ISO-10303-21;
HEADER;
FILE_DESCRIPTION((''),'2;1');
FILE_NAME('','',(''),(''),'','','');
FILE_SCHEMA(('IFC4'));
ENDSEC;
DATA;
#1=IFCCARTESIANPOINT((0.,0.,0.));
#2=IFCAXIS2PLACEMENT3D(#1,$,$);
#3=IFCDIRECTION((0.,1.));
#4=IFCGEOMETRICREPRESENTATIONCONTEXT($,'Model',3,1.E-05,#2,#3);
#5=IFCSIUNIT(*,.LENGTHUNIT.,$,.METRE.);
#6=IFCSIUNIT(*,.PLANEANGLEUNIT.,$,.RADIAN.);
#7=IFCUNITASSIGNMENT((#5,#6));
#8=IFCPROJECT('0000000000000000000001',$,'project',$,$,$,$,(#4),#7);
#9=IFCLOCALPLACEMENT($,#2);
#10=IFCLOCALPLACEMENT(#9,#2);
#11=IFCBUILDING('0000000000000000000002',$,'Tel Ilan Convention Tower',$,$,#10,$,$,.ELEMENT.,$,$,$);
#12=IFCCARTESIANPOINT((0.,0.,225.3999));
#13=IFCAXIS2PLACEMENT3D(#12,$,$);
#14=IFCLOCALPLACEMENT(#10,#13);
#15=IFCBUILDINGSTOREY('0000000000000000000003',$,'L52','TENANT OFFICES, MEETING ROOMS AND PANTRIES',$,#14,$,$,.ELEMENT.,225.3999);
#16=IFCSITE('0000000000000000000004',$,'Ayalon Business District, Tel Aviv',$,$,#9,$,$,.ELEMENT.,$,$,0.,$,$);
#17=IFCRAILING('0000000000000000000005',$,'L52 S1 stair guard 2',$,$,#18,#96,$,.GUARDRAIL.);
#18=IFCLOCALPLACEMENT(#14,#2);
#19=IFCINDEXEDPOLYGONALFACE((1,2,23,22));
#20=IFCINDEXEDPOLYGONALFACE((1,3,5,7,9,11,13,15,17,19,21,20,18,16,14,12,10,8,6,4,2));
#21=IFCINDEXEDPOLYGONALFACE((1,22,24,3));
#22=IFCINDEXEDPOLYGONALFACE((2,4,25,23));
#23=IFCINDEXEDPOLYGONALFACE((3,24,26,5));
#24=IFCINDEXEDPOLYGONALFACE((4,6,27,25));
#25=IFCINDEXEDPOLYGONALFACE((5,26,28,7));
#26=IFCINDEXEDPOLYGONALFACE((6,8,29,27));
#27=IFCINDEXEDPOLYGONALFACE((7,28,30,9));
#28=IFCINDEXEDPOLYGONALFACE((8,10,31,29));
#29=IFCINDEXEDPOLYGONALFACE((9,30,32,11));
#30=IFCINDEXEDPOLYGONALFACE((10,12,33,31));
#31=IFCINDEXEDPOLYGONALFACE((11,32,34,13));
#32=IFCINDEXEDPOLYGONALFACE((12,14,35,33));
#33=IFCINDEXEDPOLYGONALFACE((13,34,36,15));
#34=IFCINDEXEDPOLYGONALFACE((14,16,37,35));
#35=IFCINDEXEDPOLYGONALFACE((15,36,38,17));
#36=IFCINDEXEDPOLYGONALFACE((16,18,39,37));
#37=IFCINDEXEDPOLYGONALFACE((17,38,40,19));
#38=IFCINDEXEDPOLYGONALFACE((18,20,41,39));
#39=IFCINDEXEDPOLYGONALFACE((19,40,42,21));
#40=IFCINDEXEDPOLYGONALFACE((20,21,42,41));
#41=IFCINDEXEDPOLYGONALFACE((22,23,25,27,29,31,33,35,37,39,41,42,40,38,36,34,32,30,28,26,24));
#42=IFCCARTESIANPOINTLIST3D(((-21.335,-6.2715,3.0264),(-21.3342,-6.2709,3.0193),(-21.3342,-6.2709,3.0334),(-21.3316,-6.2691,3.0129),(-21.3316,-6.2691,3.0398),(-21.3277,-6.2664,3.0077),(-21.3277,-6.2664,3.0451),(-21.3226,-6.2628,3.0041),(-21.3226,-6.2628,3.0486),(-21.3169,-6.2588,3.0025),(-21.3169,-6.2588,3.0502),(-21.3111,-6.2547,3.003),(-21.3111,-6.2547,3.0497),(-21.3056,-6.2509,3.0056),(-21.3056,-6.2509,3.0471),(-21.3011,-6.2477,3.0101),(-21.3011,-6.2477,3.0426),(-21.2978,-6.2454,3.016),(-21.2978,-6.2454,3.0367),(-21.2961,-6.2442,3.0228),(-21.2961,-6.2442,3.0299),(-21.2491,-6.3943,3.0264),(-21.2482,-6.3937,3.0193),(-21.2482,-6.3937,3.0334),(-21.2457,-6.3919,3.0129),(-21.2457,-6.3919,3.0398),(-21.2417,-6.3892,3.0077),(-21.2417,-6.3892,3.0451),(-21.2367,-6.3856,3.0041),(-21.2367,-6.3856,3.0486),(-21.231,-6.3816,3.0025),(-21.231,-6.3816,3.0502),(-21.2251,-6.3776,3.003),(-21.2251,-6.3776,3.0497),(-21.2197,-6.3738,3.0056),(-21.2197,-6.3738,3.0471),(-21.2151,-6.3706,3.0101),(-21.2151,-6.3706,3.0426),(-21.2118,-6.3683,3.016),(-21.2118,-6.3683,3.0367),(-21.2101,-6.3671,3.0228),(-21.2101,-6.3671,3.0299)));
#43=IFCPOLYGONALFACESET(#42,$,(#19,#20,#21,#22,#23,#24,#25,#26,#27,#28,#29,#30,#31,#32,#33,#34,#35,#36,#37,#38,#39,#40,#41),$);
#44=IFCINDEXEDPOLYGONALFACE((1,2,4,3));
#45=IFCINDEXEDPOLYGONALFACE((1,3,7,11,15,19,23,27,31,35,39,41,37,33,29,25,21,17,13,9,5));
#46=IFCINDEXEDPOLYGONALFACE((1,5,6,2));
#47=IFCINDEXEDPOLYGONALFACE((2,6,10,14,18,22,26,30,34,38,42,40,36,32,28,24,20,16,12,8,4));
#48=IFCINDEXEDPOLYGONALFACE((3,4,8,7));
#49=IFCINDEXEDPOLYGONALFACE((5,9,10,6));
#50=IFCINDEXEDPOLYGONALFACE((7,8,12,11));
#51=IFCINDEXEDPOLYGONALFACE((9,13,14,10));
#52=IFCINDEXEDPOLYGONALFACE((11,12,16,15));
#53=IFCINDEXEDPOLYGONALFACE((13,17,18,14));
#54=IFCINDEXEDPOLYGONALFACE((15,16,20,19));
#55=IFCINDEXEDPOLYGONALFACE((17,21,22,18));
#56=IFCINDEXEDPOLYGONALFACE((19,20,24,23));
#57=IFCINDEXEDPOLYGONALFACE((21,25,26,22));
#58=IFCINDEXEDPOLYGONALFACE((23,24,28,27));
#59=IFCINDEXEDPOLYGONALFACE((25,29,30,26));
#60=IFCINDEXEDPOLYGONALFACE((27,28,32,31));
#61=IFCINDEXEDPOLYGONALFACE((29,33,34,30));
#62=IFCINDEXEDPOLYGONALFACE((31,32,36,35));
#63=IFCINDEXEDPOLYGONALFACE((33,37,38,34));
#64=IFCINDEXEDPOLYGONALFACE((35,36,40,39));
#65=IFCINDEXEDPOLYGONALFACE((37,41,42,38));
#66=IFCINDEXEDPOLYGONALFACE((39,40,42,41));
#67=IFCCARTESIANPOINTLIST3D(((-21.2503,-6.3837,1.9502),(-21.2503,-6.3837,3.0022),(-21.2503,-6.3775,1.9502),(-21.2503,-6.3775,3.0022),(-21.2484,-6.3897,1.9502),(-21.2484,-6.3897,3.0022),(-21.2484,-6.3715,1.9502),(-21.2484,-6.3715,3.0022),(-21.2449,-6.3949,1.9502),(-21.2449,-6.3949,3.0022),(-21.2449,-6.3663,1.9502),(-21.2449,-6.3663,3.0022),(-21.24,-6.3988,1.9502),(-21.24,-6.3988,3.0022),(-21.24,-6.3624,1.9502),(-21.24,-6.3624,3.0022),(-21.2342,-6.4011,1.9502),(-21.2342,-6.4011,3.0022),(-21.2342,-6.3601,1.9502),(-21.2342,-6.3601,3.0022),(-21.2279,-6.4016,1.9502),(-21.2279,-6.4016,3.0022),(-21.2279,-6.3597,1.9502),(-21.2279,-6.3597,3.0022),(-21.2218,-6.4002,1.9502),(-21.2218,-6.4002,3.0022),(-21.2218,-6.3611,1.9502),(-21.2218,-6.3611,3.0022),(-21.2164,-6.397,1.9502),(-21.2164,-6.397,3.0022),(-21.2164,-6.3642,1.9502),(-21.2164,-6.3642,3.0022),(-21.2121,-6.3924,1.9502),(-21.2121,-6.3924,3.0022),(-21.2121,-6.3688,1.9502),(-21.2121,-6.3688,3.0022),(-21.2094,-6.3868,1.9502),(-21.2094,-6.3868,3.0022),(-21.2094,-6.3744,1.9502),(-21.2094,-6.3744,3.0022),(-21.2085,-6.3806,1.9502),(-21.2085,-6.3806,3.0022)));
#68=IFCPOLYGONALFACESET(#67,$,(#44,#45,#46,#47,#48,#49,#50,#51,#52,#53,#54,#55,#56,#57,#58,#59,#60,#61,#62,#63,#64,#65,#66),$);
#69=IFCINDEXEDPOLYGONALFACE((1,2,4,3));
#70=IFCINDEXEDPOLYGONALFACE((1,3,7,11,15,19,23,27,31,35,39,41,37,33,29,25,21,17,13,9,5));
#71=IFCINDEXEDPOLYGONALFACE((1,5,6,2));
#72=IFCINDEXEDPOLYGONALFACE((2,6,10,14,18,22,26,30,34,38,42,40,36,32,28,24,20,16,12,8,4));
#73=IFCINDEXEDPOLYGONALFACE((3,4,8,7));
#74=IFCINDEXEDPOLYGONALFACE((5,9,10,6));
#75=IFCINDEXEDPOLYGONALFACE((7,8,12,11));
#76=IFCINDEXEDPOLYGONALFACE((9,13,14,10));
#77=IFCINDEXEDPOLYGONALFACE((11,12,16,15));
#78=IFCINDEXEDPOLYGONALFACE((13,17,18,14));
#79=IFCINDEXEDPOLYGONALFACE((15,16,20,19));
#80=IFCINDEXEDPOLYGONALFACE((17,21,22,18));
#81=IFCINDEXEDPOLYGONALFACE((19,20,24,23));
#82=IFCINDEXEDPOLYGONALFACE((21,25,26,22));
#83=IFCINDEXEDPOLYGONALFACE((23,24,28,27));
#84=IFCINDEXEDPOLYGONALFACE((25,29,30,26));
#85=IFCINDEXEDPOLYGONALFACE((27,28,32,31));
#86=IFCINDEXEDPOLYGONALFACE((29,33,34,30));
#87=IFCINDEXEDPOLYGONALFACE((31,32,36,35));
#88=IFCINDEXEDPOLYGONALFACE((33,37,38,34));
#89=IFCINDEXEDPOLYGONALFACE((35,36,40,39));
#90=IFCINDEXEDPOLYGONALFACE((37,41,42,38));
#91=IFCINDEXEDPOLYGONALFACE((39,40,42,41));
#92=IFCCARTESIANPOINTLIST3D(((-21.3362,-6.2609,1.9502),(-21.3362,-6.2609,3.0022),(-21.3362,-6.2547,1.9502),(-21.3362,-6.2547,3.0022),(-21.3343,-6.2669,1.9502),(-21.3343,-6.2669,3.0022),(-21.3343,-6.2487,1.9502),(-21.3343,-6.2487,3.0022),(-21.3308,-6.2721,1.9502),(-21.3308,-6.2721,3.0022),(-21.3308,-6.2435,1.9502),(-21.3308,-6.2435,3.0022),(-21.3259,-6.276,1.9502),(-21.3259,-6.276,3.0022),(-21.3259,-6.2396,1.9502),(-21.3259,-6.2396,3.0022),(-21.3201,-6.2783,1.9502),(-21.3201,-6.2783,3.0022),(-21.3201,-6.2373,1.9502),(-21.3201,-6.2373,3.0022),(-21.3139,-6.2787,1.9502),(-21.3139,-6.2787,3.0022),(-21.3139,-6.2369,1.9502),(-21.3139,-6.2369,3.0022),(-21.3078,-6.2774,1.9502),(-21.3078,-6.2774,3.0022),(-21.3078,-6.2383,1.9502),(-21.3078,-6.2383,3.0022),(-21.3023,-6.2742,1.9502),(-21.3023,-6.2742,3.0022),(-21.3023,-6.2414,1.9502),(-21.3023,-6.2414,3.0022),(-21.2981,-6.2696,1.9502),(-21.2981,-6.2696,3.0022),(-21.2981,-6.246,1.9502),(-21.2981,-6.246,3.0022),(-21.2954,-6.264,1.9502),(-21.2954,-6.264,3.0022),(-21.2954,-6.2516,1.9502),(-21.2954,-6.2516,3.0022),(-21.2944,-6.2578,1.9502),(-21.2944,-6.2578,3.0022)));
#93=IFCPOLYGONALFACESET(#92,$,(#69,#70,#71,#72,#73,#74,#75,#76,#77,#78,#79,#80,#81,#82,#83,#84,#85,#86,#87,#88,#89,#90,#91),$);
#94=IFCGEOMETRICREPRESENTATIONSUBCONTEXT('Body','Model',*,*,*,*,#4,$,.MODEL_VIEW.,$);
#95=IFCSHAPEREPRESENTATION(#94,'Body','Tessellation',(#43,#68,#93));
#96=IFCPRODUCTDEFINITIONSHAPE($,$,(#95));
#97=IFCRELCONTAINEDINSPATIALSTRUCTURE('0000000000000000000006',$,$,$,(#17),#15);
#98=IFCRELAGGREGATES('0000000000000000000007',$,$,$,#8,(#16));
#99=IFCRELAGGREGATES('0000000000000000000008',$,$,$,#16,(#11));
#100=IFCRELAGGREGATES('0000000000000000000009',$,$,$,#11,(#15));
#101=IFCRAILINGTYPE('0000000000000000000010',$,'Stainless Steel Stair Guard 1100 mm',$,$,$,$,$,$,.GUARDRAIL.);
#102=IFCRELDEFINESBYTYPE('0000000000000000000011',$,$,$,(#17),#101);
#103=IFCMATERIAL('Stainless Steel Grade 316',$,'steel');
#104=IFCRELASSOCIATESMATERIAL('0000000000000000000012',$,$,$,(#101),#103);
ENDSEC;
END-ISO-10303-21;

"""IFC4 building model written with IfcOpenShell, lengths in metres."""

from ifc_helpers import new_model, si_unit, direction, frame, origin, origin_2d, place, context, subcontext, project, spatial, circle, extrude, material, type_object, element, save


model = new_model("IFC4")

# Units and contexts
model_context = context("Model", 3, precision=1e-05, world=origin(), true_north=direction((0.0, 1.0)))
body_context = subcontext(model_context, "Body", "Model", "MODEL_VIEW")
ifc_project = project(units=[si_unit("LENGTHUNIT", "METRE"), si_unit("PLANEANGLEUNIT", "RADIAN")], contexts=[model_context])

# Site, building, storey
site_placement = place(None, origin())
site = spatial("IfcSite", under=ifc_project, at=site_placement, Name="Ayalon Business District, Tel Aviv", CompositionType="ELEMENT", RefElevation=0.0)
building_placement = place(site_placement, origin())
building = spatial("IfcBuilding", under=site, at=building_placement, Name="Tel Ilan Convention Tower", CompositionType="ELEMENT")
storey_placement = place(building_placement, frame((0.0, 0.0, 225.3999)))
storey = spatial("IfcBuildingStorey", under=building, at=storey_placement, Name="L52", Description="TENANT OFFICES, MEETING ROOMS AND PANTRIES", CompositionType="ELEMENT", Elevation=225.3999)

# Railing
ifc_material_1 = material(Name="Stainless Steel Grade 316", Category="steel")
railing_type_1 = type_object("IfcRailingType", Name="Stainless Steel Stair Guard 1100 mm", PredefinedType="GUARDRAIL", material=ifc_material_1)
railing_1_placement = place(storey_placement, frame((-21.2295, -6.3806, 1.9502)))
element("IfcRailing", 1, at=railing_1_placement, inside=storey, type_object=railing_type_1, Name="L52 S1 stair guard 2", PredefinedType="GUARDRAIL", context=body_context, shape_type="SweptSolid", body=[
    extrude(circle(Radius=0.0239, at=origin_2d()), frame((0.0, 0.0, 1.0762), z_axis=(-0.573353, 0.819308, 0.0), x_axis=(-0.819308, -0.573353, 0.0)), (0.0, 0.0, 1.0), 0.1499),
    extrude(circle(Radius=0.021, at=origin_2d()), origin(), (0.0, 0.0, 1.0), 1.052),
    extrude(circle(Radius=0.021, at=origin_2d()), frame((-0.0859, 0.1228, 0.0)), (0.0, 0.0, 1.0), 1.052),
])

save(model, "model.ifc")
